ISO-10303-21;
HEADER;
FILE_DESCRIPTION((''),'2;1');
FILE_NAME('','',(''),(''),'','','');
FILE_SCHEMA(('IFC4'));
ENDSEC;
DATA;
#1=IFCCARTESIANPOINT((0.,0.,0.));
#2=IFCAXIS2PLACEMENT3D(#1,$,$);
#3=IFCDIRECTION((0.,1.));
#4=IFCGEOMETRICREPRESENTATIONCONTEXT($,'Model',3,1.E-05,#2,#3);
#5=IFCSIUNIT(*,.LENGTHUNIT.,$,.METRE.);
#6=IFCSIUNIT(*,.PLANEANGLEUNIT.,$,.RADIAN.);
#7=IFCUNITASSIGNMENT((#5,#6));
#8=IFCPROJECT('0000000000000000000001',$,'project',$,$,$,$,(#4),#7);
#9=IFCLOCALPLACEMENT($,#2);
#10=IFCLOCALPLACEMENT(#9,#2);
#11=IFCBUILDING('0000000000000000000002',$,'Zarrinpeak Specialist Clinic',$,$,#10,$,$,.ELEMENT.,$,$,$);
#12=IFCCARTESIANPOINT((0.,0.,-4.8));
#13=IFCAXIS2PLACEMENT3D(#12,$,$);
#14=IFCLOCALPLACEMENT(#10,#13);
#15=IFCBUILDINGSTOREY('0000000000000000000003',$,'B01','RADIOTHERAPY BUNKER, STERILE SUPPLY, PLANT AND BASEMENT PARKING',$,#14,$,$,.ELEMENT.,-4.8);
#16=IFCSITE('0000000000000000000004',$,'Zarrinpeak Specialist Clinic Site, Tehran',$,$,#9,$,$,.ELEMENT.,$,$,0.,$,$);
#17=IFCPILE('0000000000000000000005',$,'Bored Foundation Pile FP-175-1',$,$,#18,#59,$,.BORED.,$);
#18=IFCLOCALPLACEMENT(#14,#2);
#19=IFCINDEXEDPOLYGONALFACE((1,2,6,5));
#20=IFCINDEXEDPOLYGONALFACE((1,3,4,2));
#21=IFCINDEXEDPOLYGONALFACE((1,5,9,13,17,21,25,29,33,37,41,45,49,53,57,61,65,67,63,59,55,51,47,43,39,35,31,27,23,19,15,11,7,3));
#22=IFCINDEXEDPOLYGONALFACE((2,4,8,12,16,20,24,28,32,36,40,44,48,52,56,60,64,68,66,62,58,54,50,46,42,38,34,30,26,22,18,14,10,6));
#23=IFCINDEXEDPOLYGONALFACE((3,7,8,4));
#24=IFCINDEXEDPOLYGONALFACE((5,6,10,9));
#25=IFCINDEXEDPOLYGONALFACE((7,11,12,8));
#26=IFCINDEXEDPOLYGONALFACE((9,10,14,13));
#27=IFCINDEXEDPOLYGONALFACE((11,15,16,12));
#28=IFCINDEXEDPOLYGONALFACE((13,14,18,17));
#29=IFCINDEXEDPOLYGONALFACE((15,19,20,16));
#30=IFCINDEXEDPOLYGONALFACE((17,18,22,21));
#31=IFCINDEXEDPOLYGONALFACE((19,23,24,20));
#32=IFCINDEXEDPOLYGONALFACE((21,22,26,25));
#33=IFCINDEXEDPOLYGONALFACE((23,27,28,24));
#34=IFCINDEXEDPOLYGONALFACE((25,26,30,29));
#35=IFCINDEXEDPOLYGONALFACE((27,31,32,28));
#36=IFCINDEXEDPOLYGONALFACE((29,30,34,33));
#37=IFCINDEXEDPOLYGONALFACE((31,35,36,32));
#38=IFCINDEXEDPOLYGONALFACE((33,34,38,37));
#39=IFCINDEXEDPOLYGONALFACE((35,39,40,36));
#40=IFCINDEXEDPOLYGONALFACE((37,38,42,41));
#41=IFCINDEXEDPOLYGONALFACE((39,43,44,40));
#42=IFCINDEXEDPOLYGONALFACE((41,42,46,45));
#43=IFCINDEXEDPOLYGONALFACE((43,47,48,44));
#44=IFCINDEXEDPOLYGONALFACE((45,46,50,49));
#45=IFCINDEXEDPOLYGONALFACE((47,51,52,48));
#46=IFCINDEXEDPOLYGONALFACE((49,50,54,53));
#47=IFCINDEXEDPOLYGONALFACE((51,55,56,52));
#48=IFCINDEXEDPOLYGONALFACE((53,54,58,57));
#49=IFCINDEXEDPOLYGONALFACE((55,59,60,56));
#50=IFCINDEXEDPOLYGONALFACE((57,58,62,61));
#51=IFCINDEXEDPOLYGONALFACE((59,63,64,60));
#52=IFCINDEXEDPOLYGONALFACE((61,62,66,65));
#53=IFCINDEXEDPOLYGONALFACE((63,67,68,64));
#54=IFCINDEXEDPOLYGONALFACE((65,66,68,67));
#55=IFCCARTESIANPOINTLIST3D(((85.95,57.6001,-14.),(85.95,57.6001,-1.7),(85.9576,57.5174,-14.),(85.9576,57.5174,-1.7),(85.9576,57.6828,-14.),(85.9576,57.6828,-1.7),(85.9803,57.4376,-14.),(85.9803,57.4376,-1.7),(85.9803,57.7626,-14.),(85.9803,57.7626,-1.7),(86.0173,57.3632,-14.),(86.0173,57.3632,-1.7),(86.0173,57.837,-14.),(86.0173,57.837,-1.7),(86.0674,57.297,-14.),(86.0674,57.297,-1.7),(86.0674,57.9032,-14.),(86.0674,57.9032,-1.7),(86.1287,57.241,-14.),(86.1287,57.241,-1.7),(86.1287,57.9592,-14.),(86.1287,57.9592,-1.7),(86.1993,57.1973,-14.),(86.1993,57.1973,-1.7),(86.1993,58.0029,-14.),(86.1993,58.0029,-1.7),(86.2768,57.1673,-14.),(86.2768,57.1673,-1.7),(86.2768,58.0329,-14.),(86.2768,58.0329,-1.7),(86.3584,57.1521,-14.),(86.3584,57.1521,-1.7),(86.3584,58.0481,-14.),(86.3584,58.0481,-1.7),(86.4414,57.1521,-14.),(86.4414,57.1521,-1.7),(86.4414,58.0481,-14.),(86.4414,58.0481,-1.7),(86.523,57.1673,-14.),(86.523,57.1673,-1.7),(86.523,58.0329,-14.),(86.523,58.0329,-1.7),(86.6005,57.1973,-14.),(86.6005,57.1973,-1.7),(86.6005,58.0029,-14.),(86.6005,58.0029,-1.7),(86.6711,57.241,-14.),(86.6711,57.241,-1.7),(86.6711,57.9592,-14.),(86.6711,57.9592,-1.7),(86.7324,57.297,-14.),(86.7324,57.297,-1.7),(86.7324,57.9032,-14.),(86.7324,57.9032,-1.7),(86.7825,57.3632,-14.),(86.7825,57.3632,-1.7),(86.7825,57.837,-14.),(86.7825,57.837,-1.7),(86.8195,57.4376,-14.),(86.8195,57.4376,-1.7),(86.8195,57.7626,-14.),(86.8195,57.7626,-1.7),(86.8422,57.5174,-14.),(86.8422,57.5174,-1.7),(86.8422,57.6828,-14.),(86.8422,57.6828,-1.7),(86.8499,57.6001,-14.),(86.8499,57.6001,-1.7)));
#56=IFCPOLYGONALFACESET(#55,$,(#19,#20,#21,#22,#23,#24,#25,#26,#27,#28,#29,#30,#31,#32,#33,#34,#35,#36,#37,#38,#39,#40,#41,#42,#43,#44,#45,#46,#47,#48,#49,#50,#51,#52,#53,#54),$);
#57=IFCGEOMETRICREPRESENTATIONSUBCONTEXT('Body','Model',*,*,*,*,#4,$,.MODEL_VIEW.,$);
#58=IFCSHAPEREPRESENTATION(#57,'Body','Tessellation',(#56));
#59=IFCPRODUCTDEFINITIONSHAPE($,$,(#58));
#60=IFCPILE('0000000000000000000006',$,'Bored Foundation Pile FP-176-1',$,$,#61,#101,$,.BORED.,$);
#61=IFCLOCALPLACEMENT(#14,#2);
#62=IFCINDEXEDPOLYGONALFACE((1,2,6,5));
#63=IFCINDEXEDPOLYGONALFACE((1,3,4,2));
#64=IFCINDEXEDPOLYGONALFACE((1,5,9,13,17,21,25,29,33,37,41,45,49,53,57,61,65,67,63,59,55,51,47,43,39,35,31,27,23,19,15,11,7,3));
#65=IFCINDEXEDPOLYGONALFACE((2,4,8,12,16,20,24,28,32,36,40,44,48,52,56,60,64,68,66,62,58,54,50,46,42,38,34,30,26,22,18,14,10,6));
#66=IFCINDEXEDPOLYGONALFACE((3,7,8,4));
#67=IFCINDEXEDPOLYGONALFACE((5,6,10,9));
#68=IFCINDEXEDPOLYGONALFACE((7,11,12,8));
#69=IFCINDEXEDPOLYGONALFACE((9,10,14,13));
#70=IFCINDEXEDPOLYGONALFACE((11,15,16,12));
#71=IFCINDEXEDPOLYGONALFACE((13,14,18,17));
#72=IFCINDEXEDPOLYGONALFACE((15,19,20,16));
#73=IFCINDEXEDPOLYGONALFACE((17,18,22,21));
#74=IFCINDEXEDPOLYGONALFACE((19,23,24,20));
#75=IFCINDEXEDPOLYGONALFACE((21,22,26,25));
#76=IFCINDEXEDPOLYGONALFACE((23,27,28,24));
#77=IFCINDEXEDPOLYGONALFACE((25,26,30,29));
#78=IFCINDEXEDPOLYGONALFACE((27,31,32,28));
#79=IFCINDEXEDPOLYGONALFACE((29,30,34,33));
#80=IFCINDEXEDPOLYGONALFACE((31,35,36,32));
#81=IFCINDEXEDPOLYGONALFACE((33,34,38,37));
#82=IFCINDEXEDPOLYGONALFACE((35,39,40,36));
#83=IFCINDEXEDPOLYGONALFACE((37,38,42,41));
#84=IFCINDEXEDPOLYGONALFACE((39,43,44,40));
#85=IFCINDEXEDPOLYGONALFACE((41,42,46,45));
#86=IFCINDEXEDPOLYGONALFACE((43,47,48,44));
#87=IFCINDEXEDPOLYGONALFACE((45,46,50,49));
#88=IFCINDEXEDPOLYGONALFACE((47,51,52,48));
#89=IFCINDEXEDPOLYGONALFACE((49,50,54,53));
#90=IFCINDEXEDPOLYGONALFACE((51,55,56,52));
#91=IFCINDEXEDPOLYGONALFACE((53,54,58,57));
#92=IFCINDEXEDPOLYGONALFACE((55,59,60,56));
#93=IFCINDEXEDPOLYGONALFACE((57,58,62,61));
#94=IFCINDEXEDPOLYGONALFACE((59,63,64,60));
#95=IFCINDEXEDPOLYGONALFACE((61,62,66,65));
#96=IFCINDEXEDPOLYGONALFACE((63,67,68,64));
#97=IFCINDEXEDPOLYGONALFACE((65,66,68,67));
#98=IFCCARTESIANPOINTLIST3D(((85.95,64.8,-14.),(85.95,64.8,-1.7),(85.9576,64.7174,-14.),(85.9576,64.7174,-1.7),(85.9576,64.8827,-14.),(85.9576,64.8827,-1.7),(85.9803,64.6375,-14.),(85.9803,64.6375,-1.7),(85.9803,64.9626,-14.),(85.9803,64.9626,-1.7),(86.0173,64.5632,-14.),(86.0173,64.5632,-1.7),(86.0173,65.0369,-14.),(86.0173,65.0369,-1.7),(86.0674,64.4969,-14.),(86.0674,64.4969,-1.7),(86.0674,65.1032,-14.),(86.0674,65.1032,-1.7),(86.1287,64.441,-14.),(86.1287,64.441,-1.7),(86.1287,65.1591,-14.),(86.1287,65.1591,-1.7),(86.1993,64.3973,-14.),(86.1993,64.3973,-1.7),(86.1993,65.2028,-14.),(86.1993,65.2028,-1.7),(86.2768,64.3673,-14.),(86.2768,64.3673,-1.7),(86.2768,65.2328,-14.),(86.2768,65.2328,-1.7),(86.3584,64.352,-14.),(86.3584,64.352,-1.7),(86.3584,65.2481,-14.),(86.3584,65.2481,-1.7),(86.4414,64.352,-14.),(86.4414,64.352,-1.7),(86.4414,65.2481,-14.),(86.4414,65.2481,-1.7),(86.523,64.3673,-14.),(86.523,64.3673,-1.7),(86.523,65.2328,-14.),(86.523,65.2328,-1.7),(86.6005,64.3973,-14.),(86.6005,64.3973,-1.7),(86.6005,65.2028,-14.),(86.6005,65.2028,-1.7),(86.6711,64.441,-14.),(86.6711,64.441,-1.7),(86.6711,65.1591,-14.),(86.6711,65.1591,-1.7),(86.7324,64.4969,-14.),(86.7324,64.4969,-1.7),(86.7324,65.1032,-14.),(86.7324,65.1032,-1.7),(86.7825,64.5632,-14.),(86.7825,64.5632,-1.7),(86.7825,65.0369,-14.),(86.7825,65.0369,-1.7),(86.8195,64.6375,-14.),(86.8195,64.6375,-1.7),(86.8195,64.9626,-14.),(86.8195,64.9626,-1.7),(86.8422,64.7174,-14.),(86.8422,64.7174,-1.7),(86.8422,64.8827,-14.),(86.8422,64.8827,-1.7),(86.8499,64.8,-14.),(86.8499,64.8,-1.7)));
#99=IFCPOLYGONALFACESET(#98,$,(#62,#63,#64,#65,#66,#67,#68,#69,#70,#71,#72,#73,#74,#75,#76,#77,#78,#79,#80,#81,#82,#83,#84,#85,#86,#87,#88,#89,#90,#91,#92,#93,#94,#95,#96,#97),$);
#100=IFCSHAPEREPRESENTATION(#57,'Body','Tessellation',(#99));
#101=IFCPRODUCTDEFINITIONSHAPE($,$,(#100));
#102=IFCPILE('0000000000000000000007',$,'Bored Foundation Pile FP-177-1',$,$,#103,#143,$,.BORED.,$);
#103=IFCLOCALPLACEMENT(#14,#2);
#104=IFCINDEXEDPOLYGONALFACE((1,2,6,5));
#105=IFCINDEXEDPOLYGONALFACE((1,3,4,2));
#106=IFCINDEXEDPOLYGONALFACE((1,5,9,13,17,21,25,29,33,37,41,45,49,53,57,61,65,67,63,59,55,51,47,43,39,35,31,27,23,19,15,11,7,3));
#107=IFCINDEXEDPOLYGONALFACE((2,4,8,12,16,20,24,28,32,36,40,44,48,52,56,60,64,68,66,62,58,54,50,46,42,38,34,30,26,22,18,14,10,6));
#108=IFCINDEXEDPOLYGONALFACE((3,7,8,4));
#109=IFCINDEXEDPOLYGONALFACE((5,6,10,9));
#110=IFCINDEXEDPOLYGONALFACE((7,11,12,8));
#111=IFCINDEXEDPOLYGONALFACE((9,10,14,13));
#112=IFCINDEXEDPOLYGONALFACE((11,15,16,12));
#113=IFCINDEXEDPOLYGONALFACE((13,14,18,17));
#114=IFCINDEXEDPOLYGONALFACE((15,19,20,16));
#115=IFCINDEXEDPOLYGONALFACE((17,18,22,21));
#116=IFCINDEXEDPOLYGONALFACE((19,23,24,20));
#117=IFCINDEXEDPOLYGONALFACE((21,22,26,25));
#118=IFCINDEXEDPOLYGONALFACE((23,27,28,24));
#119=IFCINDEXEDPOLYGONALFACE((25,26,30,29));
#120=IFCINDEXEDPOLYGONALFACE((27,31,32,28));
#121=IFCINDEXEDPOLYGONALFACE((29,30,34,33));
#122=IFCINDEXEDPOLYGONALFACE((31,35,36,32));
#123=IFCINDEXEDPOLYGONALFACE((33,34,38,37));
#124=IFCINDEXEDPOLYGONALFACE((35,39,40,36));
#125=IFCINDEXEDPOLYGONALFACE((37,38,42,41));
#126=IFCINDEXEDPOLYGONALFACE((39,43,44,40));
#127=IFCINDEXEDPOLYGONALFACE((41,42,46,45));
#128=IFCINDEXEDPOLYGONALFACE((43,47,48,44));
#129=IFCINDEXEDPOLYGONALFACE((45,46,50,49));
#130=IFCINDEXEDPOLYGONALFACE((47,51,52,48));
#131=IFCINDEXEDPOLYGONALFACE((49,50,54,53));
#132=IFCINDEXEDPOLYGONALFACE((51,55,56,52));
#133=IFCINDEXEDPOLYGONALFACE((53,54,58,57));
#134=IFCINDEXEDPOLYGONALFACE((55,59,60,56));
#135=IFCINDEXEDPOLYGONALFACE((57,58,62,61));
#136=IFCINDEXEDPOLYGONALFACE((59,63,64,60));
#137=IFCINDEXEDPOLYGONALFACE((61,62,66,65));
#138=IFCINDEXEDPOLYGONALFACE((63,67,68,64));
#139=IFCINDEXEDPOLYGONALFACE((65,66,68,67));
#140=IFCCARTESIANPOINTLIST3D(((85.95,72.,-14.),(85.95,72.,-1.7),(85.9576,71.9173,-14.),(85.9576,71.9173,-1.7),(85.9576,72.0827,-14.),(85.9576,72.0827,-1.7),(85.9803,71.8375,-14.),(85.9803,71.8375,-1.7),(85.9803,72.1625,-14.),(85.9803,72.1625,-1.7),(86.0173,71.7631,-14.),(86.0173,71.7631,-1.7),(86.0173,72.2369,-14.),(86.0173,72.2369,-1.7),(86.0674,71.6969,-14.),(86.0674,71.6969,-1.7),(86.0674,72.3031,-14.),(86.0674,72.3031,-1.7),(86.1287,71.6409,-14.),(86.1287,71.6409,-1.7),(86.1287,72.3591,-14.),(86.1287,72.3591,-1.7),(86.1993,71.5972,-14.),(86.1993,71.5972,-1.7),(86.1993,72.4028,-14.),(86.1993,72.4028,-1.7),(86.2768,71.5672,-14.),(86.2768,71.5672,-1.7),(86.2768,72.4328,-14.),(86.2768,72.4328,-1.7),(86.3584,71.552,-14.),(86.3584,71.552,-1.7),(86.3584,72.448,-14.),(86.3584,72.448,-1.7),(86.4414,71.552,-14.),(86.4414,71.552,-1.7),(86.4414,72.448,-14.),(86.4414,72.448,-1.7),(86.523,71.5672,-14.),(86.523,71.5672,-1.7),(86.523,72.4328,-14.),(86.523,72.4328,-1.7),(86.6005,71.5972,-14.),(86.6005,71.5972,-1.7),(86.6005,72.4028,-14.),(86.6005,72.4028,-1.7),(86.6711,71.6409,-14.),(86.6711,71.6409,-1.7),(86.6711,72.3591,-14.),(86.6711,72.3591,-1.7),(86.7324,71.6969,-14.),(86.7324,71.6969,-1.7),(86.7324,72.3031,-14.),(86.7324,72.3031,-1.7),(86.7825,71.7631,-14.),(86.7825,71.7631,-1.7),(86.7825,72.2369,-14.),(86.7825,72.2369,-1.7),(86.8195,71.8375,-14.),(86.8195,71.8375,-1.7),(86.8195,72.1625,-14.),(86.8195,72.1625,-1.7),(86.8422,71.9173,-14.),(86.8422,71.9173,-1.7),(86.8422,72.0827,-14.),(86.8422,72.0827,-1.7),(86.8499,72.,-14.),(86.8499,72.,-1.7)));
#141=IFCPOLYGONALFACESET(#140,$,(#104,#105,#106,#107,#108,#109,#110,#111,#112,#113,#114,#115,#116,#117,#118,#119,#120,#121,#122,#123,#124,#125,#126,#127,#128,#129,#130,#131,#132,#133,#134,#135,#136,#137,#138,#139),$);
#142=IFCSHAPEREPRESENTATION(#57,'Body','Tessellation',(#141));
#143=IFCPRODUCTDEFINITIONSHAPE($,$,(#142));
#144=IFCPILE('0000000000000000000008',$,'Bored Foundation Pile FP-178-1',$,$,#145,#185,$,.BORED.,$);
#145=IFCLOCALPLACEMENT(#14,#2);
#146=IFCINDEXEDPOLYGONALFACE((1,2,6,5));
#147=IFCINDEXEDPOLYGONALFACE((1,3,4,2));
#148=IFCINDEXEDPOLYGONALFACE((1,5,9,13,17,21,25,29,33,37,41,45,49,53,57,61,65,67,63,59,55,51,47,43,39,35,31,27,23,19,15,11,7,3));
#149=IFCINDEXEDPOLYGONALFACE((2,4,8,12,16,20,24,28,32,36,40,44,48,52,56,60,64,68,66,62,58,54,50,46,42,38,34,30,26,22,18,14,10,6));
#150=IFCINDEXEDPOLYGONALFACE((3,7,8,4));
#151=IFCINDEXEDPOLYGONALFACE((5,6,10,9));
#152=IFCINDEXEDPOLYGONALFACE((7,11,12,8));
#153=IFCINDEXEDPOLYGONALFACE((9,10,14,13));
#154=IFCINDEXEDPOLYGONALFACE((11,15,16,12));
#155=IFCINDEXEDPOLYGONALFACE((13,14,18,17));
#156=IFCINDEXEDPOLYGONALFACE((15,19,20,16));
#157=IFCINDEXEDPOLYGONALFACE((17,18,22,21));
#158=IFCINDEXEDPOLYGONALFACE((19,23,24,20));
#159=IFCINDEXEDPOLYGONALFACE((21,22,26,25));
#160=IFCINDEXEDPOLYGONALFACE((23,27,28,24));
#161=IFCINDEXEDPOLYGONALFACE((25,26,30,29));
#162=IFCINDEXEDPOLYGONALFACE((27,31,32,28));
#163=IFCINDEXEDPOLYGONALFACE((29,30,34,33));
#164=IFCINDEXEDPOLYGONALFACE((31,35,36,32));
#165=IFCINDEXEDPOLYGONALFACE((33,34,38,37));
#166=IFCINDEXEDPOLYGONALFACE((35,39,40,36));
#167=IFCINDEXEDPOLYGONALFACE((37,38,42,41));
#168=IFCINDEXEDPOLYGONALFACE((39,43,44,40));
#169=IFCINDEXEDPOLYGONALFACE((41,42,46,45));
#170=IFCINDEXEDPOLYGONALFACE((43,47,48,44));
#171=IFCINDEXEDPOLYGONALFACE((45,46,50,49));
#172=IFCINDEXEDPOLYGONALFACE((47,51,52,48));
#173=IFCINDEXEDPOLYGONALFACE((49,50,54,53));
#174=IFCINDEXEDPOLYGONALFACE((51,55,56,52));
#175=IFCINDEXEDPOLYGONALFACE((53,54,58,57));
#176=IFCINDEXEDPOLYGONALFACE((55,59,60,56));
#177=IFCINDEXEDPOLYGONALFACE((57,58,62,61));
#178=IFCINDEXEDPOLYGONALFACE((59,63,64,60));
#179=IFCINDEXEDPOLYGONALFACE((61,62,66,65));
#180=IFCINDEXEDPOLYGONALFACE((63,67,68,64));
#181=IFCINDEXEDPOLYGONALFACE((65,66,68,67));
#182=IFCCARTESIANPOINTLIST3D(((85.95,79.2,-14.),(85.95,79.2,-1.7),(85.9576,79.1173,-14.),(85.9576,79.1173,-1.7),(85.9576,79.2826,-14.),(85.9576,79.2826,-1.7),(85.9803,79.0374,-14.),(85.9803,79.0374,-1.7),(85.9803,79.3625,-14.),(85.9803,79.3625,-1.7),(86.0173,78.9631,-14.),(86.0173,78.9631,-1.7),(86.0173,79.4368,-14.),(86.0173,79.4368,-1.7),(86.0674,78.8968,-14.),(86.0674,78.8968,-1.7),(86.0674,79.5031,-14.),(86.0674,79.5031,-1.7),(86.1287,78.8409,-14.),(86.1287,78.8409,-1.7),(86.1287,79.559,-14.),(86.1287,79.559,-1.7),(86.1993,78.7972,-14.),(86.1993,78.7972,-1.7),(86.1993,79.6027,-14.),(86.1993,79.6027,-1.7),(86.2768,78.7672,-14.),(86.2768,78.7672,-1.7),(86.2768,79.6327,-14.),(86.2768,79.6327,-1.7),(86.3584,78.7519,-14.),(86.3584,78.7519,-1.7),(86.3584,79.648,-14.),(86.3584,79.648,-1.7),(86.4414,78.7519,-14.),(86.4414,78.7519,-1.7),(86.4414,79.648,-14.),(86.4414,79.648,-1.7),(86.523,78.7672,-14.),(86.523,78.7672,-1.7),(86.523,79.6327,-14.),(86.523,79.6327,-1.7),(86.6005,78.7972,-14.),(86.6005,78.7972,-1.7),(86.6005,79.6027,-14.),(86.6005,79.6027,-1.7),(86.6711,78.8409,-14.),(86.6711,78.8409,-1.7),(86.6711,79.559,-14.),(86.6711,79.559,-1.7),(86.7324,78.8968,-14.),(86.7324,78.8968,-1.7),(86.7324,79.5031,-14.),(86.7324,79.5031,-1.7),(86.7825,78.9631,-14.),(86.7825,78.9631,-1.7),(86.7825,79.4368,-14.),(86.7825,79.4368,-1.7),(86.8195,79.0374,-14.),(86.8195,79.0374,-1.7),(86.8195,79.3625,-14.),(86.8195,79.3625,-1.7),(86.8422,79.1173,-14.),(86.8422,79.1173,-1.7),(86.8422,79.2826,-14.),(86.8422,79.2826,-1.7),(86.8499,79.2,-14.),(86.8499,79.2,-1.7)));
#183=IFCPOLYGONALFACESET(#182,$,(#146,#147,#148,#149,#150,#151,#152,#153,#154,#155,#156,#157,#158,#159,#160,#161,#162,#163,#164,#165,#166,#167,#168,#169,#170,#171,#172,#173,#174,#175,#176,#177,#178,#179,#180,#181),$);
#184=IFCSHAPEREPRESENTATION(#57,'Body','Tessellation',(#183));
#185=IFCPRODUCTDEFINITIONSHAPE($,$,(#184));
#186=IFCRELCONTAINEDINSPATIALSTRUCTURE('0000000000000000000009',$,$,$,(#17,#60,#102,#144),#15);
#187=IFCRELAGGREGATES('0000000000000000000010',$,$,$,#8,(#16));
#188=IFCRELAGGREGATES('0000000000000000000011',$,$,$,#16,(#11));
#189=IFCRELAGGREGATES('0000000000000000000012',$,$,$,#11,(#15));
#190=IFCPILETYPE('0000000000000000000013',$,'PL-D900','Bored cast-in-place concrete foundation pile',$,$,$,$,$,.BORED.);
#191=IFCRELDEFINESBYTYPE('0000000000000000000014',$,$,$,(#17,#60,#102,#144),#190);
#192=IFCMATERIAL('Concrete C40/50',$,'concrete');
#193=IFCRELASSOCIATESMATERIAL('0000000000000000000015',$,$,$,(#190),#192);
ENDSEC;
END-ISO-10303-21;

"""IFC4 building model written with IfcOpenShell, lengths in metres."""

from ifc_helpers import new_model, si_unit, direction, frame, origin, origin_2d, place, context, subcontext, project, spatial, circle, extrude, material, material_profile, profile_set, type_object, element, save


model = new_model("IFC4")

# Units and contexts
model_context = context("Model", 3, precision=1e-05, world=origin(), true_north=direction((0.0, 1.0)))
body_context = subcontext(model_context, "Body", "Model", "MODEL_VIEW")
ifc_project = project(units=[si_unit("LENGTHUNIT", "METRE"), si_unit("PLANEANGLEUNIT", "RADIAN")], contexts=[model_context])

# Site, building, storey
site_placement = place(None, origin())
site = spatial("IfcSite", under=ifc_project, at=site_placement, Name="Zarrinpeak Specialist Clinic Site, Tehran", CompositionType="ELEMENT", RefElevation=0.0)
building_placement = place(site_placement, origin())
building = spatial("IfcBuilding", under=site, at=building_placement, Name="Zarrinpeak Specialist Clinic", CompositionType="ELEMENT")
storey_placement = place(building_placement, frame((0.0, 0.0, -4.8)))
storey = spatial("IfcBuildingStorey", under=building, at=storey_placement, Name="B01", Description="RADIOTHERAPY BUNKER, STERILE SUPPLY, PLANT AND BASEMENT PARKING", CompositionType="ELEMENT", Elevation=-4.8)

# Shared definitions
ifc_material = material(Name="Concrete C40/50", Category="concrete")

# Piles
ifc_material_profile_1 = material_profile(ifc_material, circle(Radius=0.45, at=origin_2d()), Name="BORED PILE D900")
ifc_profile_set_1 = profile_set([ifc_material_profile_1], Name="Concrete C40/50")
pile_type = type_object("IfcPileType", Name="PL-D900", Description="Bored cast-in-place concrete foundation pile", PredefinedType="BORED", material=ifc_profile_set_1)
for number, where, z_axis, x_axis, name in (
    (1, (86.3999, 57.6001, -1.7), (0.0, 0.0, -1.0), (1.0, 0.0, 0.0), "Bored Foundation Pile FP-175-1"),
    (2, (86.3999, 64.8, -1.7), (0.0, 0.0, -1.0), (1.0, 0.0, 0.0), "Bored Foundation Pile FP-176-1"),
    (3, (86.3999, 72.0, -1.7), (0.0, 0.0, -1.0), (1.0, 0.0, 0.0), "Bored Foundation Pile FP-177-1"),
    (4, (86.3999, 79.2, -1.7), (0.0, 0.0, -1.0), (1.0, 0.0, 0.0), "Bored Foundation Pile FP-178-1"),
):
    element("IfcPile", number, at=place(storey_placement, frame(where, z_axis=z_axis, x_axis=x_axis)), inside=storey, type_object=pile_type, Name=name, PredefinedType="BORED", context=body_context, shape_type="SweptSolid", body=[
        extrude(circle(Radius=0.45, at=origin_2d()), origin(), (0.0, 0.0, 1.0), 12.3),
    ])

save(model, "model.ifc")
